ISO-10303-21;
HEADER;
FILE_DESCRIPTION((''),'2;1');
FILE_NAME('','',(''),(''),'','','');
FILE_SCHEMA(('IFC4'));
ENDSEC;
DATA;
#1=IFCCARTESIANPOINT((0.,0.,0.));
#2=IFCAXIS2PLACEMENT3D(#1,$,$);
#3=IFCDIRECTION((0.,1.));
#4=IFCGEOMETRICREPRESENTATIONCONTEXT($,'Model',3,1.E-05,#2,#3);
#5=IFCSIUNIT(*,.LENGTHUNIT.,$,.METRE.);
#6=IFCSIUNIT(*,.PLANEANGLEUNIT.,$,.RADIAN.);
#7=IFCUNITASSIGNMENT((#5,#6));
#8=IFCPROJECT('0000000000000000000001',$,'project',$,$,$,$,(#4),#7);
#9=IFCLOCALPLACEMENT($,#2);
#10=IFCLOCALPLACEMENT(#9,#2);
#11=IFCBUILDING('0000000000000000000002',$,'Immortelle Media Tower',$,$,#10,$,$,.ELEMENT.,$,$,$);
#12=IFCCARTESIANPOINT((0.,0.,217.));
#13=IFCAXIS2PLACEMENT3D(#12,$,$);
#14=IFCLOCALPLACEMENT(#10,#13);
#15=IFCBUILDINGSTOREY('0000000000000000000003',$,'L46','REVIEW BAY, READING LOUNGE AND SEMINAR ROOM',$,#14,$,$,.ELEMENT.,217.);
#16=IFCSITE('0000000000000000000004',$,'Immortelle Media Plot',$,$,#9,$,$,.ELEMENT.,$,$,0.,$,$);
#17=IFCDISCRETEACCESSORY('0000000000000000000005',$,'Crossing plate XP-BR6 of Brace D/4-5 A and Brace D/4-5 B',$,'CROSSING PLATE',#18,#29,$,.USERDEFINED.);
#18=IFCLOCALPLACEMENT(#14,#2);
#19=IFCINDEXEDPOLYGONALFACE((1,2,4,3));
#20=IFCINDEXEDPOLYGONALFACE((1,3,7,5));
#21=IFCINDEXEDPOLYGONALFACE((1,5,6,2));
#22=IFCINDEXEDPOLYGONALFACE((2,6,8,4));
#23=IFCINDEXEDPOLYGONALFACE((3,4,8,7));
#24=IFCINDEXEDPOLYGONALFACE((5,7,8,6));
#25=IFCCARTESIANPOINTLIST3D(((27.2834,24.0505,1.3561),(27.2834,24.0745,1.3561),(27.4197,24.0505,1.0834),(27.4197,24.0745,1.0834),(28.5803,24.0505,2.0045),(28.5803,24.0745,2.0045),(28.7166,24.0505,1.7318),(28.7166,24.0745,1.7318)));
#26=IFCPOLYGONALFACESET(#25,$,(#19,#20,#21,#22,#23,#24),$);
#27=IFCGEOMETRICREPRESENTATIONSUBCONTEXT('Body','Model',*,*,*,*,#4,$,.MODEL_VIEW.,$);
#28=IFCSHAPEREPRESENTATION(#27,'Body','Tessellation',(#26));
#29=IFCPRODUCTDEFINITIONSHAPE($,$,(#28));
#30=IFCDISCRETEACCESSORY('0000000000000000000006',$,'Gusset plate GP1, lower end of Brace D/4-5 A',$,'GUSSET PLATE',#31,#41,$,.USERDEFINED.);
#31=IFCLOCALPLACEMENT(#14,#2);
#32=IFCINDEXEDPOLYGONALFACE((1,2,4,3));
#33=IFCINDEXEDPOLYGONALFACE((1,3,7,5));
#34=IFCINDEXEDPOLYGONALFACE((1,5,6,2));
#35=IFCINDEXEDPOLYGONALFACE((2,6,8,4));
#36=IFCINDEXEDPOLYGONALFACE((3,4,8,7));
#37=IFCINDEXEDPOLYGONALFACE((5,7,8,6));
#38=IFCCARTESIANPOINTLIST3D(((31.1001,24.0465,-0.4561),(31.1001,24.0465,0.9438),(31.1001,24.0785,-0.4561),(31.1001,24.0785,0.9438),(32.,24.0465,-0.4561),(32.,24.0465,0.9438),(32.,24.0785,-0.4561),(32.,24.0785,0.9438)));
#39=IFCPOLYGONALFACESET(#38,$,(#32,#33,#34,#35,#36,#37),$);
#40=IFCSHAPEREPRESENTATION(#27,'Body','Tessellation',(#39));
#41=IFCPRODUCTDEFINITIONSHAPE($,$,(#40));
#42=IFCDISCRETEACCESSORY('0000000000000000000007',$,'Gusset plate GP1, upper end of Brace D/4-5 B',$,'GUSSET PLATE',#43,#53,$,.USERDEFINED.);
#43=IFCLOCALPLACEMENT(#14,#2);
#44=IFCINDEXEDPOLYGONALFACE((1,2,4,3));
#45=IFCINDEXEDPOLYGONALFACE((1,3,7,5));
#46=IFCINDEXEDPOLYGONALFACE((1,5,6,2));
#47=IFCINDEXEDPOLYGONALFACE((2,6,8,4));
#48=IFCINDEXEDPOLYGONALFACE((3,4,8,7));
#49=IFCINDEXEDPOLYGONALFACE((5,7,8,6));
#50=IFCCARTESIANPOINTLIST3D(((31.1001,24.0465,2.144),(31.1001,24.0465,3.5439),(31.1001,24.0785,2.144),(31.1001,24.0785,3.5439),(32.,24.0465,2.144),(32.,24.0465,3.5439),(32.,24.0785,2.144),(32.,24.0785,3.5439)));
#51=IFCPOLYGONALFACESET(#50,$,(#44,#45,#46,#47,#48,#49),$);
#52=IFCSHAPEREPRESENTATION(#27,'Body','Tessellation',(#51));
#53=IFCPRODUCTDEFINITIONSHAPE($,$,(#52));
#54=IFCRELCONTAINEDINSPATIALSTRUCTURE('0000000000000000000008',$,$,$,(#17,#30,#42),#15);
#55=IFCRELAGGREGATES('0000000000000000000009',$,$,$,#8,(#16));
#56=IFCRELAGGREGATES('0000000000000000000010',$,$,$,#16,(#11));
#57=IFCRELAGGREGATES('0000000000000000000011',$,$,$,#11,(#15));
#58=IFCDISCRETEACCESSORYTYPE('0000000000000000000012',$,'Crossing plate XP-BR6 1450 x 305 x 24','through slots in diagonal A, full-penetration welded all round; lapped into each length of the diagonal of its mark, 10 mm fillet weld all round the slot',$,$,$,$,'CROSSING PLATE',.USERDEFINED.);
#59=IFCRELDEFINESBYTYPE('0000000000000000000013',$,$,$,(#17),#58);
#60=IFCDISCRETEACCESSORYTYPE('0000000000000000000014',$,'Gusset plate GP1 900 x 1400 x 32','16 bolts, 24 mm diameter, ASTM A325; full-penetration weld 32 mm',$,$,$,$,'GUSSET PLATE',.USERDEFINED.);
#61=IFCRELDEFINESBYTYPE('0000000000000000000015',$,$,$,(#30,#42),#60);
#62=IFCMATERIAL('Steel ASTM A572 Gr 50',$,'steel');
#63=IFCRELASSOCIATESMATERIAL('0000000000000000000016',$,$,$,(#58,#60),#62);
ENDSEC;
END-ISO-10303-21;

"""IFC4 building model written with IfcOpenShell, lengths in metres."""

from ifc_helpers import new_model, si_unit, direction, frame, origin, origin_2d, place, context, subcontext, project, spatial, rectangle, extrude, material, material_profile, profile_set, type_object, element, save


model = new_model("IFC4")

# Units and contexts
model_context = context("Model", 3, precision=1e-05, world=origin(), true_north=direction((0.0, 1.0)))
body_context = subcontext(model_context, "Body", "Model", "MODEL_VIEW")
ifc_project = project(units=[si_unit("LENGTHUNIT", "METRE"), si_unit("PLANEANGLEUNIT", "RADIAN")], contexts=[model_context])

# Site, building, storey
site_placement = place(None, origin())
site = spatial("IfcSite", under=ifc_project, at=site_placement, Name="Immortelle Media Plot", CompositionType="ELEMENT", RefElevation=0.0)
building_placement = place(site_placement, origin())
building = spatial("IfcBuilding", under=site, at=building_placement, Name="Immortelle Media Tower", CompositionType="ELEMENT")
storey_placement = place(building_placement, frame((0.0, 0.0, 217.0)))
storey = spatial("IfcBuildingStorey", under=building, at=storey_placement, Name="L46", Description="REVIEW BAY, READING LOUNGE AND SEMINAR ROOM", CompositionType="ELEMENT", Elevation=217.0)

# Discrete accessories
ifc_material_1 = material(Name="Steel ASTM A572 Gr 50", Category="steel")
ifc_material_profile_1 = material_profile(ifc_material_1, rectangle(XDim=0.0239, YDim=0.3049, at=origin_2d()), Name="PL 24 x 305")
ifc_profile_set_1 = profile_set([ifc_material_profile_1], Name="Steel ASTM A572 Gr 50")
discrete_accessory_type_1 = type_object("IfcDiscreteAccessoryType", Name="Crossing plate XP-BR6 1450 x 305 x 24", Description="through slots in diagonal A, full-penetration welded all round; lapped into each length of the diagonal of its mark, 10 mm fillet weld all round the slot", ElementType="CROSSING PLATE", PredefinedType="USERDEFINED", material=ifc_profile_set_1)
discrete_accessory_placement = place(storey_placement, frame((28.6484, 24.0625, 1.8682), z_axis=(-0.894427, 0.0, -0.447214), x_axis=(0.0, -1.0, 0.0)))
element("IfcDiscreteAccessory", 1, at=discrete_accessory_placement, inside=storey, type_object=discrete_accessory_type_1, Name="Crossing plate XP-BR6 of Brace D/4-5 A and Brace D/4-5 B", ObjectType="CROSSING PLATE", PredefinedType="USERDEFINED", context=body_context, shape_type="SweptSolid", body=[
    extrude(rectangle(XDim=0.0239, YDim=0.3049, at=origin_2d()), origin(), (0.0, 0.0, 1.0), 1.45),
])
ifc_material_profile_2 = material_profile(ifc_material_1, rectangle(XDim=0.032, YDim=1.3999, at=origin_2d()), Name="PL 32 x 1400")
ifc_profile_set_2 = profile_set([ifc_material_profile_2], Name="Steel ASTM A572 Gr 50")
discrete_accessory_type_2 = type_object("IfcDiscreteAccessoryType", Name="Gusset plate GP1 900 x 1400 x 32", Description="16 bolts, 24 mm diameter, ASTM A325; full-penetration weld 32 mm", ElementType="GUSSET PLATE", PredefinedType="USERDEFINED", material=ifc_profile_set_2)
for number, where, z_axis, x_axis, name in (
    (2, (32.0, 24.0625, 0.2439), (-1.0, 0.0, 0.0), (0.0, -1.0, 0.0), "Gusset plate GP1, lower end of Brace D/4-5 A"),
    (3, (32.0, 24.0625, 2.844), (-1.0, 0.0, 0.0), (0.0, -1.0, 0.0), "Gusset plate GP1, upper end of Brace D/4-5 B"),
):
    element("IfcDiscreteAccessory", number, at=place(storey_placement, frame(where, z_axis=z_axis, x_axis=x_axis)), inside=storey, type_object=discrete_accessory_type_2, Name=name, ObjectType="GUSSET PLATE", PredefinedType="USERDEFINED", context=body_context, shape_type="SweptSolid", body=[
        extrude(rectangle(XDim=0.032, YDim=1.3999, at=origin_2d()), origin(), (0.0, 0.0, 1.0), 0.8999),
    ])

save(model, "model.ifc")
